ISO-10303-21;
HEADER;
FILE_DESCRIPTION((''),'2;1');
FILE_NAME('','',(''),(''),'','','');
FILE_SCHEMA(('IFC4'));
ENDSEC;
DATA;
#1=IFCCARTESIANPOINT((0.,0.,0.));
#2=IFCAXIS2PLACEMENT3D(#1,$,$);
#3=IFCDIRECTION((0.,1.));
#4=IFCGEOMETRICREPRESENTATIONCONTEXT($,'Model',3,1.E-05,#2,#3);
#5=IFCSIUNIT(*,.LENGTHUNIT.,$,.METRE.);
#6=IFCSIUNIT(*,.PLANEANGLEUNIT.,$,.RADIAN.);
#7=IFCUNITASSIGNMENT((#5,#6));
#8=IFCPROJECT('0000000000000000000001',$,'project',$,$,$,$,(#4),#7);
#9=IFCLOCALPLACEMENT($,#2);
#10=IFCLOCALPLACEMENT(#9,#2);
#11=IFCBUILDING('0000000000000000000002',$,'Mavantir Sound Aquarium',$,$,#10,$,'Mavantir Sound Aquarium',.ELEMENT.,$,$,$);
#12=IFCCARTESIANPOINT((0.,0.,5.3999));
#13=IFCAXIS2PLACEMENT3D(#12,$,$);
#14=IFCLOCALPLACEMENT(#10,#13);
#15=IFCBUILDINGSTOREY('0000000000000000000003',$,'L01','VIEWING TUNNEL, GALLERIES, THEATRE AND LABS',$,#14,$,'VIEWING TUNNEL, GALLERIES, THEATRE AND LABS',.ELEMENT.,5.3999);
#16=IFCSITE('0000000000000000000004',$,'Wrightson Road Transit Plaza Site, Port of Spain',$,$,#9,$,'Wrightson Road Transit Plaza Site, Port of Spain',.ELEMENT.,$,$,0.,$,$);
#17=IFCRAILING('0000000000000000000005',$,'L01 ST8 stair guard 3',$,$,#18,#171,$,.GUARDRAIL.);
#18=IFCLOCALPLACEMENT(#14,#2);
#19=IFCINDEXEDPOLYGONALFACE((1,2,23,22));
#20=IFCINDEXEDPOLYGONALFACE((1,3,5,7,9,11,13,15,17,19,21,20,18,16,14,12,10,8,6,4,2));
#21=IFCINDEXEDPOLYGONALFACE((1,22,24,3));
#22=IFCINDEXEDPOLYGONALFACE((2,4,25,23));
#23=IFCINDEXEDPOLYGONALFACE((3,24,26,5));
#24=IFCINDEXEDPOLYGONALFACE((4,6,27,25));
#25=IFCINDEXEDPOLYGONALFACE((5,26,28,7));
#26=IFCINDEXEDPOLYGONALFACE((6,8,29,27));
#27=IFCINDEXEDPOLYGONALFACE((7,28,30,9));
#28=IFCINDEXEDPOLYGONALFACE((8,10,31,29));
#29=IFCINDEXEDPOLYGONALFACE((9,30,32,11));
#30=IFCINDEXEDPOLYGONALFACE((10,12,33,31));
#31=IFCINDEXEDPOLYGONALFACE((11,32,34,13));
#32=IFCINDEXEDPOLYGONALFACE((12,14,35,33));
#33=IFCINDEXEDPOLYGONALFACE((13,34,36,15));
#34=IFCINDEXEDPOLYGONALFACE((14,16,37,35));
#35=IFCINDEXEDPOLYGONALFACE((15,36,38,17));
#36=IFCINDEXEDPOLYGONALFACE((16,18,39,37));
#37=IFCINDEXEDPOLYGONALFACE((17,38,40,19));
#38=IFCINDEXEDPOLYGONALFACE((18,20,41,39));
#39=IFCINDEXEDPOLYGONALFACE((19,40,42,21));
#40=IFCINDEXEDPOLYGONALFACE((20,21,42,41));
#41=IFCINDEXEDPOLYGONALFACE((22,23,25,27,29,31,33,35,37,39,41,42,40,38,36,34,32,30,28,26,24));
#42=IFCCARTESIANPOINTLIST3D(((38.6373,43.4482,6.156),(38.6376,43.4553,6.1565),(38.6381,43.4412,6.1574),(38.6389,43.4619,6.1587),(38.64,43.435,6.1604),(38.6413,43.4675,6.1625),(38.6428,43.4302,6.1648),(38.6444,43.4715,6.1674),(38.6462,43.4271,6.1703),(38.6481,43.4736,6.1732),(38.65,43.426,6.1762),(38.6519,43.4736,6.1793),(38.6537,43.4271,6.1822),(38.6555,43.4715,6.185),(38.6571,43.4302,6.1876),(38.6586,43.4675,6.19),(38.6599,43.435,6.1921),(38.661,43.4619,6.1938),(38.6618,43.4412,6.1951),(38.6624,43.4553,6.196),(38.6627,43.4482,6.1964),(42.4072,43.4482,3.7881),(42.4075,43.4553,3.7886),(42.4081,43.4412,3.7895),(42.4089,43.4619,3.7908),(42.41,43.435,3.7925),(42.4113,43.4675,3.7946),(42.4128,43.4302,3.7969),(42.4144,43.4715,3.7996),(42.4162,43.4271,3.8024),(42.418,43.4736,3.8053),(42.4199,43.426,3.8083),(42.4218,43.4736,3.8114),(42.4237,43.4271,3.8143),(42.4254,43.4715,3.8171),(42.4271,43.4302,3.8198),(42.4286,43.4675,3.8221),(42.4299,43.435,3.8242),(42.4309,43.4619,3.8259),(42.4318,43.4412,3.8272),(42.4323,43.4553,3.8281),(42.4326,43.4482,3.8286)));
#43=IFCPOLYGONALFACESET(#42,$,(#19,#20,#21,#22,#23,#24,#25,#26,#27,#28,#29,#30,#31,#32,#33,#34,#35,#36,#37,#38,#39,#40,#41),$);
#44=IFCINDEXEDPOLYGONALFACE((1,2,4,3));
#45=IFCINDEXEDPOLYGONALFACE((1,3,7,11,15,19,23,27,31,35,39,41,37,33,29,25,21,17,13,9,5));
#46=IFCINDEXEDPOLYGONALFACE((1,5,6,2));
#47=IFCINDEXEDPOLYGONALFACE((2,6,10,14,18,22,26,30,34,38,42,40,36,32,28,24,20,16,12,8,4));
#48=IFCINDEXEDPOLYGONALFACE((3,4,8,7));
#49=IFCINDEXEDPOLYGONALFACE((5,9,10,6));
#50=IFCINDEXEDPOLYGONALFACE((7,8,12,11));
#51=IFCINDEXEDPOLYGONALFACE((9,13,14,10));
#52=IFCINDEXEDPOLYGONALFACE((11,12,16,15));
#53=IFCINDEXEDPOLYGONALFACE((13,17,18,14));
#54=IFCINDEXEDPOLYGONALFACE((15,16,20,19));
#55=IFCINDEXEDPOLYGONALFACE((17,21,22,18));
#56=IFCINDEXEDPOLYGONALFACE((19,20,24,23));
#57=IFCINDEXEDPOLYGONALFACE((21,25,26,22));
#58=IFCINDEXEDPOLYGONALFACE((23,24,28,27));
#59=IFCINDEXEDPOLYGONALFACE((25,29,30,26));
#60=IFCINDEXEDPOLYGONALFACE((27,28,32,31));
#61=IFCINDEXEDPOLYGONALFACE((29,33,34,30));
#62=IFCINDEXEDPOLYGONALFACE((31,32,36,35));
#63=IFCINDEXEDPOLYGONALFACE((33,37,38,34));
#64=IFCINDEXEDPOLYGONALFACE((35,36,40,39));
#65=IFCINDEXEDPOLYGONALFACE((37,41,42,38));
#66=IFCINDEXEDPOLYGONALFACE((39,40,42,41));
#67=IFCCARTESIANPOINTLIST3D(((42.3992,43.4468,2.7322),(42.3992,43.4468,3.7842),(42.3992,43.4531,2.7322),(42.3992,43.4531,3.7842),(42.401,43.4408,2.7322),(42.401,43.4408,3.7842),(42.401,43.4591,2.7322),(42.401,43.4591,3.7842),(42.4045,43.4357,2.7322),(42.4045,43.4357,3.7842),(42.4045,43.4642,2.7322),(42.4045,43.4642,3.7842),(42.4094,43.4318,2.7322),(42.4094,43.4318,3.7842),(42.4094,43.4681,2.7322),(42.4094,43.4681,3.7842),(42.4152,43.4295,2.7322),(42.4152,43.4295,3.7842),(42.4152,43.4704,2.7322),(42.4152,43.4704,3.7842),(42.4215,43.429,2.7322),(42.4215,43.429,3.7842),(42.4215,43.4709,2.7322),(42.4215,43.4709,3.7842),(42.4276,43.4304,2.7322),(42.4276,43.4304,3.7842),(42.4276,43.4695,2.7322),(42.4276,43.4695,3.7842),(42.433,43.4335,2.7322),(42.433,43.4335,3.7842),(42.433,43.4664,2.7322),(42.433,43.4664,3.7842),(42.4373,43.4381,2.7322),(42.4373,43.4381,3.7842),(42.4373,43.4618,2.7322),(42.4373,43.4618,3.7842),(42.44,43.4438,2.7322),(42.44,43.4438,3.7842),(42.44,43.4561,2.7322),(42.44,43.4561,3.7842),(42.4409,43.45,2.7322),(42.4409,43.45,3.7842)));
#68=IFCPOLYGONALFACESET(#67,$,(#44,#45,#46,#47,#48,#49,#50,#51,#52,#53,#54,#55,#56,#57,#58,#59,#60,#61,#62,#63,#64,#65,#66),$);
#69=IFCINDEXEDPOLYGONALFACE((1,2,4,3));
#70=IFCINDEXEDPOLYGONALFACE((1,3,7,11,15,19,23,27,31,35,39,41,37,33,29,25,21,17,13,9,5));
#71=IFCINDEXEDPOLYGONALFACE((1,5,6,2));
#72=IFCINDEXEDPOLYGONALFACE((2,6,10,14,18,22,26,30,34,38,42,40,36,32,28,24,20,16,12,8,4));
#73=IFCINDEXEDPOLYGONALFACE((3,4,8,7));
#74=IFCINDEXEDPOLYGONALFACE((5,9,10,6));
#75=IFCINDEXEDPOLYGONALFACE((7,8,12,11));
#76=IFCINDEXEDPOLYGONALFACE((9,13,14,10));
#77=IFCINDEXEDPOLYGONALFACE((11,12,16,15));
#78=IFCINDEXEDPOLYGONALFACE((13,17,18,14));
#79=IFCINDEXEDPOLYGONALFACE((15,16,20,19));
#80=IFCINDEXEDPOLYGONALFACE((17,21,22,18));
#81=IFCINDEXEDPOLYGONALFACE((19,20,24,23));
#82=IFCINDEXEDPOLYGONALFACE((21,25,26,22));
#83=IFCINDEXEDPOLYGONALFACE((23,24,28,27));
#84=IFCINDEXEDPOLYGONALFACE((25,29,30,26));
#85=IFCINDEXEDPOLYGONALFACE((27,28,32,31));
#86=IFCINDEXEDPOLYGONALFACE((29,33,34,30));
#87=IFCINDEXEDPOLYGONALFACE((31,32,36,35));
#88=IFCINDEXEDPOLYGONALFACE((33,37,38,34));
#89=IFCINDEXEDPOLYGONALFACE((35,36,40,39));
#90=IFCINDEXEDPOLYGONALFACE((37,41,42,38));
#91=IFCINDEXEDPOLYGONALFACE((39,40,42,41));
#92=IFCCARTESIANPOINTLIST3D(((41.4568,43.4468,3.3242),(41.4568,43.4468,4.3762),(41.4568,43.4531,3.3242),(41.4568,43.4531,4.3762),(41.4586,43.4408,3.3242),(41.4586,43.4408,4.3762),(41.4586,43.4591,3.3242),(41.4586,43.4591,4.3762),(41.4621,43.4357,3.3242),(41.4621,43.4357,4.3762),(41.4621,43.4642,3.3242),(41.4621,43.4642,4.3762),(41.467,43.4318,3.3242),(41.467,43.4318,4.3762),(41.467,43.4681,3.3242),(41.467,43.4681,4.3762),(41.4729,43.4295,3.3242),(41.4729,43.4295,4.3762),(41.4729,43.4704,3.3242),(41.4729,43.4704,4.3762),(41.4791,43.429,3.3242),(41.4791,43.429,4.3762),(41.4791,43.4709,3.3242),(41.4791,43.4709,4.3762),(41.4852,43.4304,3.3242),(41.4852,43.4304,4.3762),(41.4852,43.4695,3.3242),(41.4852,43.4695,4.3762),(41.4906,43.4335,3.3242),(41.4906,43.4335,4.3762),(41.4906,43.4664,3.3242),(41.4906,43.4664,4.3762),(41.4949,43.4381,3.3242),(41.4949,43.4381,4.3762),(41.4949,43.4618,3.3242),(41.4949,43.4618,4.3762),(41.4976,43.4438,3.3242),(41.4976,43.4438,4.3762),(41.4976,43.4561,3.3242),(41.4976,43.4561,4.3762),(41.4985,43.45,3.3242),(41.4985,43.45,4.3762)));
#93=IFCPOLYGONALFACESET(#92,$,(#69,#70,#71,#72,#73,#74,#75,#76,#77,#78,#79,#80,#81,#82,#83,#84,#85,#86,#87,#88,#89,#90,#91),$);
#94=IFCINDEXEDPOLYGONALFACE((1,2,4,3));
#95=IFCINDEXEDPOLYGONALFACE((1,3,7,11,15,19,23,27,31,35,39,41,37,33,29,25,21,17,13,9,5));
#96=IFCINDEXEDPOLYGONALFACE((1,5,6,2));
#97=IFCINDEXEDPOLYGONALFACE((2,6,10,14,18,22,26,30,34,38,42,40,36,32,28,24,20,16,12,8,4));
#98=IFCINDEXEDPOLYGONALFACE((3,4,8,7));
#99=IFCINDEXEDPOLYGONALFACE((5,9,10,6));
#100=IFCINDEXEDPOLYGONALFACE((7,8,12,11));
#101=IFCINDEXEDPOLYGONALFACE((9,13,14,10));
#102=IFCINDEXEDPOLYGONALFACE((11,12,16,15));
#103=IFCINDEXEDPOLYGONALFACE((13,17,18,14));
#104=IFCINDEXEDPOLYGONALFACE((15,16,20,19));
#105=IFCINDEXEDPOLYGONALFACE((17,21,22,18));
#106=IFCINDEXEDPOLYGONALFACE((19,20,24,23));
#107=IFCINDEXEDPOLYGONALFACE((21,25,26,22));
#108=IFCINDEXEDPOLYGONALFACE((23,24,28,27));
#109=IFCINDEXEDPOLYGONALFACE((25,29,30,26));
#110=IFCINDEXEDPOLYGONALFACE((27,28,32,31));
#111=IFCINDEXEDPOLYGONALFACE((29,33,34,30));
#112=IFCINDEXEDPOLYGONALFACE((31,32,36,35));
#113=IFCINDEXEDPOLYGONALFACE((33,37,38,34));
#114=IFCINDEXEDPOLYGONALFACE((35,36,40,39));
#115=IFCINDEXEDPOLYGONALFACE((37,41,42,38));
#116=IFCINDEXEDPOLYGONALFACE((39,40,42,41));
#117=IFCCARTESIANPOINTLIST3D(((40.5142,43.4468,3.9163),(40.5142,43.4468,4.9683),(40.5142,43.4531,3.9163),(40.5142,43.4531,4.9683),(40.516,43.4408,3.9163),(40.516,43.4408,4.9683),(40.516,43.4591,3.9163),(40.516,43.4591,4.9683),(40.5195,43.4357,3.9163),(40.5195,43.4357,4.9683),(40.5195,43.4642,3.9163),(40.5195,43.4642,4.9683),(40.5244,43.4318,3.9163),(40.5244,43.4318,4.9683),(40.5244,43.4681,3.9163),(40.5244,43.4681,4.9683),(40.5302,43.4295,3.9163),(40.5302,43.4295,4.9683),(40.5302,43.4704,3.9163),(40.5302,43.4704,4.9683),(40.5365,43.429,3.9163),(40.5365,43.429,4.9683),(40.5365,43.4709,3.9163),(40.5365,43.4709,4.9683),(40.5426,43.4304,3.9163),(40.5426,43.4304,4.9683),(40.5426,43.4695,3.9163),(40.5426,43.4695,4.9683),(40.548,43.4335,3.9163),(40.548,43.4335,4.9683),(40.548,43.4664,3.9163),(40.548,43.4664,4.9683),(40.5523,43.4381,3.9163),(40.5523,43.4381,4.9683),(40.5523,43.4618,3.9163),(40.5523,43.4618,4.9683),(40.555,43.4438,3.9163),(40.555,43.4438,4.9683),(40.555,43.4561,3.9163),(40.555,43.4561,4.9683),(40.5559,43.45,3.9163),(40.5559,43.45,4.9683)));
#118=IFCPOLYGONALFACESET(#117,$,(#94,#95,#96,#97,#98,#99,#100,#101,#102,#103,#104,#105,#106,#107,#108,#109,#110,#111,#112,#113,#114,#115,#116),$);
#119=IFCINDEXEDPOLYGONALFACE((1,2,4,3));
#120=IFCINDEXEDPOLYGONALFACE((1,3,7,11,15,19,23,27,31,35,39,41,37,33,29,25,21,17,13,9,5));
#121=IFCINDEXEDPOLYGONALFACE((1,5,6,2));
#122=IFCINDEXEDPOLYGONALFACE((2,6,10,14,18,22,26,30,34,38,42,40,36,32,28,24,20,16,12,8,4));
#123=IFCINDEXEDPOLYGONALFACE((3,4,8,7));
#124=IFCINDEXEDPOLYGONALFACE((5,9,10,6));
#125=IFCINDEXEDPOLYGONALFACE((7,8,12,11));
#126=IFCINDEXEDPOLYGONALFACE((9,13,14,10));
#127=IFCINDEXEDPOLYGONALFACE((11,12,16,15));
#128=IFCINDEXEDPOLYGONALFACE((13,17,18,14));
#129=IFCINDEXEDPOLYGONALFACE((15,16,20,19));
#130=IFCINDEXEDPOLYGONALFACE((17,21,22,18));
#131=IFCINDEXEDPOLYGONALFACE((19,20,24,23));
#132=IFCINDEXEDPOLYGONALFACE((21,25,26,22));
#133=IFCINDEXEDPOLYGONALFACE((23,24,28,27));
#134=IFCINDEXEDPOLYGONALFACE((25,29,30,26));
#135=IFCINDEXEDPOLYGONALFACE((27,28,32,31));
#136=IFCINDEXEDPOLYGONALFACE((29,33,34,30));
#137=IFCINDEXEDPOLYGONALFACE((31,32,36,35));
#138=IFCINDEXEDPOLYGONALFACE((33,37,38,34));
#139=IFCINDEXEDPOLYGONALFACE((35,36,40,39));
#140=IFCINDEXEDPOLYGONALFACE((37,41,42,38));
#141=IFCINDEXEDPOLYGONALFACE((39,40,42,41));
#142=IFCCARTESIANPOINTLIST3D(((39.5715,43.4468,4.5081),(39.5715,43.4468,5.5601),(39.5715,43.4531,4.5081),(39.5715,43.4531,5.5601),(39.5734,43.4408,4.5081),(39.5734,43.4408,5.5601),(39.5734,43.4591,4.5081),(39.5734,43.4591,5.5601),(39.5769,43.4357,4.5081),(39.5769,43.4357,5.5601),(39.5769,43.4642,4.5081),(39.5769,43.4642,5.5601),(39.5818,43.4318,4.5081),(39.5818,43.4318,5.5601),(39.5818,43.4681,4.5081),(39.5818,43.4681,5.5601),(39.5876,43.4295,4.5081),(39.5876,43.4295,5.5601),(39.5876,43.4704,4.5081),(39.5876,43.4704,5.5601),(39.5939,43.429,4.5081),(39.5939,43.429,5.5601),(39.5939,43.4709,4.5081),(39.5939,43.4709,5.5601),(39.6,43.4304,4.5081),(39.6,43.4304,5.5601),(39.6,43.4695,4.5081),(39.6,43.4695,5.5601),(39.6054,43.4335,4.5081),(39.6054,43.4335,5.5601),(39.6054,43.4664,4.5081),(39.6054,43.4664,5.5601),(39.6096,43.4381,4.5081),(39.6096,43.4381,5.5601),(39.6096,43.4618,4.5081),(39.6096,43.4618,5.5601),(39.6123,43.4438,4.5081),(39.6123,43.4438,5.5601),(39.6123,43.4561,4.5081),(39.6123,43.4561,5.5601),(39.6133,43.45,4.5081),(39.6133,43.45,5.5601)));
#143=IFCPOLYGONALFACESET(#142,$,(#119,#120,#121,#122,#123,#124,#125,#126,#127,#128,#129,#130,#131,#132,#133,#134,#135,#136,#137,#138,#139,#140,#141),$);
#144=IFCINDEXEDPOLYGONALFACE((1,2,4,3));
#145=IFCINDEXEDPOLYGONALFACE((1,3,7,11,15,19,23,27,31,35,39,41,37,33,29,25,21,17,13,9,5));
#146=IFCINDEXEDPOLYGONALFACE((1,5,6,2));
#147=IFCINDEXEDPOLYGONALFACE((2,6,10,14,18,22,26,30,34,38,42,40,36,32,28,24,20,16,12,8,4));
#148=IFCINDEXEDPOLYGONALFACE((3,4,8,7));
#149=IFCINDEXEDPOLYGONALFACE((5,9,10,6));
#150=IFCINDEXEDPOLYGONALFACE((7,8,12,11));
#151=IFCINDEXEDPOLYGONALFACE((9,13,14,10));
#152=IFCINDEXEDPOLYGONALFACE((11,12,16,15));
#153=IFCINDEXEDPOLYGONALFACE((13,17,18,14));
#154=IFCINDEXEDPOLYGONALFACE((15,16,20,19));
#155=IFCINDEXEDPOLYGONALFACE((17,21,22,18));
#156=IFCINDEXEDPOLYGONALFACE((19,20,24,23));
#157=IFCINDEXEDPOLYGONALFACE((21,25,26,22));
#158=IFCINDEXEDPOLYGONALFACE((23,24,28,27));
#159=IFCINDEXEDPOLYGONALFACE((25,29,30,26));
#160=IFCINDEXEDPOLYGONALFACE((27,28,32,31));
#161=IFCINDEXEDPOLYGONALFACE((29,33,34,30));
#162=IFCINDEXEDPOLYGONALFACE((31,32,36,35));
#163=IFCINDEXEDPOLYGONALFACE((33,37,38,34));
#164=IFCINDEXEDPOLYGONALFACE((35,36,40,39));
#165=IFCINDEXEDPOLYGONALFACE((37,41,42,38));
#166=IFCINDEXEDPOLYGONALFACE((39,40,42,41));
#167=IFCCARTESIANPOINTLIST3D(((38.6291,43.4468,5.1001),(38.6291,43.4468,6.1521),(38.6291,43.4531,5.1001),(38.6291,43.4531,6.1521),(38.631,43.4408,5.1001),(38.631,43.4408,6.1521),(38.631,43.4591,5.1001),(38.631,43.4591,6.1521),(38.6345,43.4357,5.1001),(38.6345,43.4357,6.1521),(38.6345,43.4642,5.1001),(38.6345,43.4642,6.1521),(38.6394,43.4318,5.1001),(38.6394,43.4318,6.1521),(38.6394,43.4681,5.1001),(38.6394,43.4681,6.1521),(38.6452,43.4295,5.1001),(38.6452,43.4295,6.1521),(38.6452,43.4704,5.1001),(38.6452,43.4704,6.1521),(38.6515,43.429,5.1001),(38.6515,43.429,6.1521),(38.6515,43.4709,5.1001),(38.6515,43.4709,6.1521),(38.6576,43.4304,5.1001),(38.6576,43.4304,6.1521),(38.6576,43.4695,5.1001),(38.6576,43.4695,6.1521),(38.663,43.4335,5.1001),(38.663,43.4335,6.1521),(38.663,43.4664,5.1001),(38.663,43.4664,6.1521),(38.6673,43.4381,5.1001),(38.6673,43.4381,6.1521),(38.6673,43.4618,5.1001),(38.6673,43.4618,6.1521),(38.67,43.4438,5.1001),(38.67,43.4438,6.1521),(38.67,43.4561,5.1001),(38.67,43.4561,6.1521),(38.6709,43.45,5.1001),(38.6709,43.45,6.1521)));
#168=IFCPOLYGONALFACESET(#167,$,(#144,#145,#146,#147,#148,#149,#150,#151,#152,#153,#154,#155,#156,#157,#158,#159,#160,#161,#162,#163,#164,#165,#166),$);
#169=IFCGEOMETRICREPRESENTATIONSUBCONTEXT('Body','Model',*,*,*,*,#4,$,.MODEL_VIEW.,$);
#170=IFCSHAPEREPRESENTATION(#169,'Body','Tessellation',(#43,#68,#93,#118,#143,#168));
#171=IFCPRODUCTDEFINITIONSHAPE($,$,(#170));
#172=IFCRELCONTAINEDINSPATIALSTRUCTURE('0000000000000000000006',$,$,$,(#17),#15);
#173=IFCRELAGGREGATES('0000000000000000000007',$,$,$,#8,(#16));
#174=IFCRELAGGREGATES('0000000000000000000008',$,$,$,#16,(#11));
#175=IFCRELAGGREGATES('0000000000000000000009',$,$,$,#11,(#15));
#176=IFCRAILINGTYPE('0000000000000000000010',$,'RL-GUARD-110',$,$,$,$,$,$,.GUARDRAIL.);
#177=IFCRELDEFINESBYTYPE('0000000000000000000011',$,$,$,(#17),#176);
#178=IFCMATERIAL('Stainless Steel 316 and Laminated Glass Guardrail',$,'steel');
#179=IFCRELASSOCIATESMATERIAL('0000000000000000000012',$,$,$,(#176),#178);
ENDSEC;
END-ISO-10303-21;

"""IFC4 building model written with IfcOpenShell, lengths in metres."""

from ifc_helpers import new_model, si_unit, direction, frame, origin, origin_2d, place, context, subcontext, project, spatial, circle, extrude, material, type_object, element, save


model = new_model("IFC4")

# Units and contexts
model_context = context("Model", 3, precision=1e-05, world=origin(), true_north=direction((0.0, 1.0)))
body_context = subcontext(model_context, "Body", "Model", "MODEL_VIEW")
ifc_project = project(units=[si_unit("LENGTHUNIT", "METRE"), si_unit("PLANEANGLEUNIT", "RADIAN")], contexts=[model_context])

# Site, building, storey
site_placement = place(None, origin())
site = spatial("IfcSite", under=ifc_project, at=site_placement, Name="Wrightson Road Transit Plaza Site, Port of Spain", LongName="Wrightson Road Transit Plaza Site, Port of Spain", CompositionType="ELEMENT", RefElevation=0.0)
building_placement = place(site_placement, origin())
building = spatial("IfcBuilding", under=site, at=building_placement, Name="Mavantir Sound Aquarium", LongName="Mavantir Sound Aquarium", CompositionType="ELEMENT")
storey_placement = place(building_placement, frame((0.0, 0.0, 5.3999)))
storey = spatial("IfcBuildingStorey", under=building, at=storey_placement, Name="L01", Description="VIEWING TUNNEL, GALLERIES, THEATRE AND LABS", LongName="VIEWING TUNNEL, GALLERIES, THEATRE AND LABS", CompositionType="ELEMENT", Elevation=5.3999)

# Railing
ifc_material_1 = material(Name="Stainless Steel 316 and Laminated Glass Guardrail", Category="steel")
railing_type_1 = type_object("IfcRailingType", Name="RL-GUARD-110", PredefinedType="GUARDRAIL", material=ifc_material_1)
railing_1_placement = place(storey_placement, frame((42.4199, 43.45, 2.7322)))
element("IfcRailing", 1, at=railing_1_placement, inside=storey, type_object=railing_type_1, Name="L01 ST8 stair guard 3", PredefinedType="GUARDRAIL", context=body_context, shape_type="SweptSolid", body=[
    extrude(circle(Radius=0.0239, at=origin_2d()), frame((0.0, 0.0, 1.0762), z_axis=(-0.846819, 0.0, 0.531881), x_axis=(0.0, -1.0, 0.0)), (0.0, 0.0, 1.0), 4.4519),
    extrude(circle(Radius=0.021, at=origin_2d()), origin(), (0.0, 0.0, 1.0), 1.052),
    extrude(circle(Radius=0.021, at=origin_2d()), frame((-0.9424, 0.0, 0.592)), (0.0, 0.0, 1.0), 1.052),
    extrude(circle(Radius=0.021, at=origin_2d()), frame((-1.885, 0.0, 1.1841)), (0.0, 0.0, 1.0), 1.052),
    extrude(circle(Radius=0.021, at=origin_2d()), frame((-2.8276, 0.0, 1.7759)), (0.0, 0.0, 1.0), 1.052),
    extrude(circle(Radius=0.021, at=origin_2d()), frame((-3.77, 0.0, 2.3679)), (0.0, 0.0, 1.0), 1.052),
])

save(model, "model.ifc")
